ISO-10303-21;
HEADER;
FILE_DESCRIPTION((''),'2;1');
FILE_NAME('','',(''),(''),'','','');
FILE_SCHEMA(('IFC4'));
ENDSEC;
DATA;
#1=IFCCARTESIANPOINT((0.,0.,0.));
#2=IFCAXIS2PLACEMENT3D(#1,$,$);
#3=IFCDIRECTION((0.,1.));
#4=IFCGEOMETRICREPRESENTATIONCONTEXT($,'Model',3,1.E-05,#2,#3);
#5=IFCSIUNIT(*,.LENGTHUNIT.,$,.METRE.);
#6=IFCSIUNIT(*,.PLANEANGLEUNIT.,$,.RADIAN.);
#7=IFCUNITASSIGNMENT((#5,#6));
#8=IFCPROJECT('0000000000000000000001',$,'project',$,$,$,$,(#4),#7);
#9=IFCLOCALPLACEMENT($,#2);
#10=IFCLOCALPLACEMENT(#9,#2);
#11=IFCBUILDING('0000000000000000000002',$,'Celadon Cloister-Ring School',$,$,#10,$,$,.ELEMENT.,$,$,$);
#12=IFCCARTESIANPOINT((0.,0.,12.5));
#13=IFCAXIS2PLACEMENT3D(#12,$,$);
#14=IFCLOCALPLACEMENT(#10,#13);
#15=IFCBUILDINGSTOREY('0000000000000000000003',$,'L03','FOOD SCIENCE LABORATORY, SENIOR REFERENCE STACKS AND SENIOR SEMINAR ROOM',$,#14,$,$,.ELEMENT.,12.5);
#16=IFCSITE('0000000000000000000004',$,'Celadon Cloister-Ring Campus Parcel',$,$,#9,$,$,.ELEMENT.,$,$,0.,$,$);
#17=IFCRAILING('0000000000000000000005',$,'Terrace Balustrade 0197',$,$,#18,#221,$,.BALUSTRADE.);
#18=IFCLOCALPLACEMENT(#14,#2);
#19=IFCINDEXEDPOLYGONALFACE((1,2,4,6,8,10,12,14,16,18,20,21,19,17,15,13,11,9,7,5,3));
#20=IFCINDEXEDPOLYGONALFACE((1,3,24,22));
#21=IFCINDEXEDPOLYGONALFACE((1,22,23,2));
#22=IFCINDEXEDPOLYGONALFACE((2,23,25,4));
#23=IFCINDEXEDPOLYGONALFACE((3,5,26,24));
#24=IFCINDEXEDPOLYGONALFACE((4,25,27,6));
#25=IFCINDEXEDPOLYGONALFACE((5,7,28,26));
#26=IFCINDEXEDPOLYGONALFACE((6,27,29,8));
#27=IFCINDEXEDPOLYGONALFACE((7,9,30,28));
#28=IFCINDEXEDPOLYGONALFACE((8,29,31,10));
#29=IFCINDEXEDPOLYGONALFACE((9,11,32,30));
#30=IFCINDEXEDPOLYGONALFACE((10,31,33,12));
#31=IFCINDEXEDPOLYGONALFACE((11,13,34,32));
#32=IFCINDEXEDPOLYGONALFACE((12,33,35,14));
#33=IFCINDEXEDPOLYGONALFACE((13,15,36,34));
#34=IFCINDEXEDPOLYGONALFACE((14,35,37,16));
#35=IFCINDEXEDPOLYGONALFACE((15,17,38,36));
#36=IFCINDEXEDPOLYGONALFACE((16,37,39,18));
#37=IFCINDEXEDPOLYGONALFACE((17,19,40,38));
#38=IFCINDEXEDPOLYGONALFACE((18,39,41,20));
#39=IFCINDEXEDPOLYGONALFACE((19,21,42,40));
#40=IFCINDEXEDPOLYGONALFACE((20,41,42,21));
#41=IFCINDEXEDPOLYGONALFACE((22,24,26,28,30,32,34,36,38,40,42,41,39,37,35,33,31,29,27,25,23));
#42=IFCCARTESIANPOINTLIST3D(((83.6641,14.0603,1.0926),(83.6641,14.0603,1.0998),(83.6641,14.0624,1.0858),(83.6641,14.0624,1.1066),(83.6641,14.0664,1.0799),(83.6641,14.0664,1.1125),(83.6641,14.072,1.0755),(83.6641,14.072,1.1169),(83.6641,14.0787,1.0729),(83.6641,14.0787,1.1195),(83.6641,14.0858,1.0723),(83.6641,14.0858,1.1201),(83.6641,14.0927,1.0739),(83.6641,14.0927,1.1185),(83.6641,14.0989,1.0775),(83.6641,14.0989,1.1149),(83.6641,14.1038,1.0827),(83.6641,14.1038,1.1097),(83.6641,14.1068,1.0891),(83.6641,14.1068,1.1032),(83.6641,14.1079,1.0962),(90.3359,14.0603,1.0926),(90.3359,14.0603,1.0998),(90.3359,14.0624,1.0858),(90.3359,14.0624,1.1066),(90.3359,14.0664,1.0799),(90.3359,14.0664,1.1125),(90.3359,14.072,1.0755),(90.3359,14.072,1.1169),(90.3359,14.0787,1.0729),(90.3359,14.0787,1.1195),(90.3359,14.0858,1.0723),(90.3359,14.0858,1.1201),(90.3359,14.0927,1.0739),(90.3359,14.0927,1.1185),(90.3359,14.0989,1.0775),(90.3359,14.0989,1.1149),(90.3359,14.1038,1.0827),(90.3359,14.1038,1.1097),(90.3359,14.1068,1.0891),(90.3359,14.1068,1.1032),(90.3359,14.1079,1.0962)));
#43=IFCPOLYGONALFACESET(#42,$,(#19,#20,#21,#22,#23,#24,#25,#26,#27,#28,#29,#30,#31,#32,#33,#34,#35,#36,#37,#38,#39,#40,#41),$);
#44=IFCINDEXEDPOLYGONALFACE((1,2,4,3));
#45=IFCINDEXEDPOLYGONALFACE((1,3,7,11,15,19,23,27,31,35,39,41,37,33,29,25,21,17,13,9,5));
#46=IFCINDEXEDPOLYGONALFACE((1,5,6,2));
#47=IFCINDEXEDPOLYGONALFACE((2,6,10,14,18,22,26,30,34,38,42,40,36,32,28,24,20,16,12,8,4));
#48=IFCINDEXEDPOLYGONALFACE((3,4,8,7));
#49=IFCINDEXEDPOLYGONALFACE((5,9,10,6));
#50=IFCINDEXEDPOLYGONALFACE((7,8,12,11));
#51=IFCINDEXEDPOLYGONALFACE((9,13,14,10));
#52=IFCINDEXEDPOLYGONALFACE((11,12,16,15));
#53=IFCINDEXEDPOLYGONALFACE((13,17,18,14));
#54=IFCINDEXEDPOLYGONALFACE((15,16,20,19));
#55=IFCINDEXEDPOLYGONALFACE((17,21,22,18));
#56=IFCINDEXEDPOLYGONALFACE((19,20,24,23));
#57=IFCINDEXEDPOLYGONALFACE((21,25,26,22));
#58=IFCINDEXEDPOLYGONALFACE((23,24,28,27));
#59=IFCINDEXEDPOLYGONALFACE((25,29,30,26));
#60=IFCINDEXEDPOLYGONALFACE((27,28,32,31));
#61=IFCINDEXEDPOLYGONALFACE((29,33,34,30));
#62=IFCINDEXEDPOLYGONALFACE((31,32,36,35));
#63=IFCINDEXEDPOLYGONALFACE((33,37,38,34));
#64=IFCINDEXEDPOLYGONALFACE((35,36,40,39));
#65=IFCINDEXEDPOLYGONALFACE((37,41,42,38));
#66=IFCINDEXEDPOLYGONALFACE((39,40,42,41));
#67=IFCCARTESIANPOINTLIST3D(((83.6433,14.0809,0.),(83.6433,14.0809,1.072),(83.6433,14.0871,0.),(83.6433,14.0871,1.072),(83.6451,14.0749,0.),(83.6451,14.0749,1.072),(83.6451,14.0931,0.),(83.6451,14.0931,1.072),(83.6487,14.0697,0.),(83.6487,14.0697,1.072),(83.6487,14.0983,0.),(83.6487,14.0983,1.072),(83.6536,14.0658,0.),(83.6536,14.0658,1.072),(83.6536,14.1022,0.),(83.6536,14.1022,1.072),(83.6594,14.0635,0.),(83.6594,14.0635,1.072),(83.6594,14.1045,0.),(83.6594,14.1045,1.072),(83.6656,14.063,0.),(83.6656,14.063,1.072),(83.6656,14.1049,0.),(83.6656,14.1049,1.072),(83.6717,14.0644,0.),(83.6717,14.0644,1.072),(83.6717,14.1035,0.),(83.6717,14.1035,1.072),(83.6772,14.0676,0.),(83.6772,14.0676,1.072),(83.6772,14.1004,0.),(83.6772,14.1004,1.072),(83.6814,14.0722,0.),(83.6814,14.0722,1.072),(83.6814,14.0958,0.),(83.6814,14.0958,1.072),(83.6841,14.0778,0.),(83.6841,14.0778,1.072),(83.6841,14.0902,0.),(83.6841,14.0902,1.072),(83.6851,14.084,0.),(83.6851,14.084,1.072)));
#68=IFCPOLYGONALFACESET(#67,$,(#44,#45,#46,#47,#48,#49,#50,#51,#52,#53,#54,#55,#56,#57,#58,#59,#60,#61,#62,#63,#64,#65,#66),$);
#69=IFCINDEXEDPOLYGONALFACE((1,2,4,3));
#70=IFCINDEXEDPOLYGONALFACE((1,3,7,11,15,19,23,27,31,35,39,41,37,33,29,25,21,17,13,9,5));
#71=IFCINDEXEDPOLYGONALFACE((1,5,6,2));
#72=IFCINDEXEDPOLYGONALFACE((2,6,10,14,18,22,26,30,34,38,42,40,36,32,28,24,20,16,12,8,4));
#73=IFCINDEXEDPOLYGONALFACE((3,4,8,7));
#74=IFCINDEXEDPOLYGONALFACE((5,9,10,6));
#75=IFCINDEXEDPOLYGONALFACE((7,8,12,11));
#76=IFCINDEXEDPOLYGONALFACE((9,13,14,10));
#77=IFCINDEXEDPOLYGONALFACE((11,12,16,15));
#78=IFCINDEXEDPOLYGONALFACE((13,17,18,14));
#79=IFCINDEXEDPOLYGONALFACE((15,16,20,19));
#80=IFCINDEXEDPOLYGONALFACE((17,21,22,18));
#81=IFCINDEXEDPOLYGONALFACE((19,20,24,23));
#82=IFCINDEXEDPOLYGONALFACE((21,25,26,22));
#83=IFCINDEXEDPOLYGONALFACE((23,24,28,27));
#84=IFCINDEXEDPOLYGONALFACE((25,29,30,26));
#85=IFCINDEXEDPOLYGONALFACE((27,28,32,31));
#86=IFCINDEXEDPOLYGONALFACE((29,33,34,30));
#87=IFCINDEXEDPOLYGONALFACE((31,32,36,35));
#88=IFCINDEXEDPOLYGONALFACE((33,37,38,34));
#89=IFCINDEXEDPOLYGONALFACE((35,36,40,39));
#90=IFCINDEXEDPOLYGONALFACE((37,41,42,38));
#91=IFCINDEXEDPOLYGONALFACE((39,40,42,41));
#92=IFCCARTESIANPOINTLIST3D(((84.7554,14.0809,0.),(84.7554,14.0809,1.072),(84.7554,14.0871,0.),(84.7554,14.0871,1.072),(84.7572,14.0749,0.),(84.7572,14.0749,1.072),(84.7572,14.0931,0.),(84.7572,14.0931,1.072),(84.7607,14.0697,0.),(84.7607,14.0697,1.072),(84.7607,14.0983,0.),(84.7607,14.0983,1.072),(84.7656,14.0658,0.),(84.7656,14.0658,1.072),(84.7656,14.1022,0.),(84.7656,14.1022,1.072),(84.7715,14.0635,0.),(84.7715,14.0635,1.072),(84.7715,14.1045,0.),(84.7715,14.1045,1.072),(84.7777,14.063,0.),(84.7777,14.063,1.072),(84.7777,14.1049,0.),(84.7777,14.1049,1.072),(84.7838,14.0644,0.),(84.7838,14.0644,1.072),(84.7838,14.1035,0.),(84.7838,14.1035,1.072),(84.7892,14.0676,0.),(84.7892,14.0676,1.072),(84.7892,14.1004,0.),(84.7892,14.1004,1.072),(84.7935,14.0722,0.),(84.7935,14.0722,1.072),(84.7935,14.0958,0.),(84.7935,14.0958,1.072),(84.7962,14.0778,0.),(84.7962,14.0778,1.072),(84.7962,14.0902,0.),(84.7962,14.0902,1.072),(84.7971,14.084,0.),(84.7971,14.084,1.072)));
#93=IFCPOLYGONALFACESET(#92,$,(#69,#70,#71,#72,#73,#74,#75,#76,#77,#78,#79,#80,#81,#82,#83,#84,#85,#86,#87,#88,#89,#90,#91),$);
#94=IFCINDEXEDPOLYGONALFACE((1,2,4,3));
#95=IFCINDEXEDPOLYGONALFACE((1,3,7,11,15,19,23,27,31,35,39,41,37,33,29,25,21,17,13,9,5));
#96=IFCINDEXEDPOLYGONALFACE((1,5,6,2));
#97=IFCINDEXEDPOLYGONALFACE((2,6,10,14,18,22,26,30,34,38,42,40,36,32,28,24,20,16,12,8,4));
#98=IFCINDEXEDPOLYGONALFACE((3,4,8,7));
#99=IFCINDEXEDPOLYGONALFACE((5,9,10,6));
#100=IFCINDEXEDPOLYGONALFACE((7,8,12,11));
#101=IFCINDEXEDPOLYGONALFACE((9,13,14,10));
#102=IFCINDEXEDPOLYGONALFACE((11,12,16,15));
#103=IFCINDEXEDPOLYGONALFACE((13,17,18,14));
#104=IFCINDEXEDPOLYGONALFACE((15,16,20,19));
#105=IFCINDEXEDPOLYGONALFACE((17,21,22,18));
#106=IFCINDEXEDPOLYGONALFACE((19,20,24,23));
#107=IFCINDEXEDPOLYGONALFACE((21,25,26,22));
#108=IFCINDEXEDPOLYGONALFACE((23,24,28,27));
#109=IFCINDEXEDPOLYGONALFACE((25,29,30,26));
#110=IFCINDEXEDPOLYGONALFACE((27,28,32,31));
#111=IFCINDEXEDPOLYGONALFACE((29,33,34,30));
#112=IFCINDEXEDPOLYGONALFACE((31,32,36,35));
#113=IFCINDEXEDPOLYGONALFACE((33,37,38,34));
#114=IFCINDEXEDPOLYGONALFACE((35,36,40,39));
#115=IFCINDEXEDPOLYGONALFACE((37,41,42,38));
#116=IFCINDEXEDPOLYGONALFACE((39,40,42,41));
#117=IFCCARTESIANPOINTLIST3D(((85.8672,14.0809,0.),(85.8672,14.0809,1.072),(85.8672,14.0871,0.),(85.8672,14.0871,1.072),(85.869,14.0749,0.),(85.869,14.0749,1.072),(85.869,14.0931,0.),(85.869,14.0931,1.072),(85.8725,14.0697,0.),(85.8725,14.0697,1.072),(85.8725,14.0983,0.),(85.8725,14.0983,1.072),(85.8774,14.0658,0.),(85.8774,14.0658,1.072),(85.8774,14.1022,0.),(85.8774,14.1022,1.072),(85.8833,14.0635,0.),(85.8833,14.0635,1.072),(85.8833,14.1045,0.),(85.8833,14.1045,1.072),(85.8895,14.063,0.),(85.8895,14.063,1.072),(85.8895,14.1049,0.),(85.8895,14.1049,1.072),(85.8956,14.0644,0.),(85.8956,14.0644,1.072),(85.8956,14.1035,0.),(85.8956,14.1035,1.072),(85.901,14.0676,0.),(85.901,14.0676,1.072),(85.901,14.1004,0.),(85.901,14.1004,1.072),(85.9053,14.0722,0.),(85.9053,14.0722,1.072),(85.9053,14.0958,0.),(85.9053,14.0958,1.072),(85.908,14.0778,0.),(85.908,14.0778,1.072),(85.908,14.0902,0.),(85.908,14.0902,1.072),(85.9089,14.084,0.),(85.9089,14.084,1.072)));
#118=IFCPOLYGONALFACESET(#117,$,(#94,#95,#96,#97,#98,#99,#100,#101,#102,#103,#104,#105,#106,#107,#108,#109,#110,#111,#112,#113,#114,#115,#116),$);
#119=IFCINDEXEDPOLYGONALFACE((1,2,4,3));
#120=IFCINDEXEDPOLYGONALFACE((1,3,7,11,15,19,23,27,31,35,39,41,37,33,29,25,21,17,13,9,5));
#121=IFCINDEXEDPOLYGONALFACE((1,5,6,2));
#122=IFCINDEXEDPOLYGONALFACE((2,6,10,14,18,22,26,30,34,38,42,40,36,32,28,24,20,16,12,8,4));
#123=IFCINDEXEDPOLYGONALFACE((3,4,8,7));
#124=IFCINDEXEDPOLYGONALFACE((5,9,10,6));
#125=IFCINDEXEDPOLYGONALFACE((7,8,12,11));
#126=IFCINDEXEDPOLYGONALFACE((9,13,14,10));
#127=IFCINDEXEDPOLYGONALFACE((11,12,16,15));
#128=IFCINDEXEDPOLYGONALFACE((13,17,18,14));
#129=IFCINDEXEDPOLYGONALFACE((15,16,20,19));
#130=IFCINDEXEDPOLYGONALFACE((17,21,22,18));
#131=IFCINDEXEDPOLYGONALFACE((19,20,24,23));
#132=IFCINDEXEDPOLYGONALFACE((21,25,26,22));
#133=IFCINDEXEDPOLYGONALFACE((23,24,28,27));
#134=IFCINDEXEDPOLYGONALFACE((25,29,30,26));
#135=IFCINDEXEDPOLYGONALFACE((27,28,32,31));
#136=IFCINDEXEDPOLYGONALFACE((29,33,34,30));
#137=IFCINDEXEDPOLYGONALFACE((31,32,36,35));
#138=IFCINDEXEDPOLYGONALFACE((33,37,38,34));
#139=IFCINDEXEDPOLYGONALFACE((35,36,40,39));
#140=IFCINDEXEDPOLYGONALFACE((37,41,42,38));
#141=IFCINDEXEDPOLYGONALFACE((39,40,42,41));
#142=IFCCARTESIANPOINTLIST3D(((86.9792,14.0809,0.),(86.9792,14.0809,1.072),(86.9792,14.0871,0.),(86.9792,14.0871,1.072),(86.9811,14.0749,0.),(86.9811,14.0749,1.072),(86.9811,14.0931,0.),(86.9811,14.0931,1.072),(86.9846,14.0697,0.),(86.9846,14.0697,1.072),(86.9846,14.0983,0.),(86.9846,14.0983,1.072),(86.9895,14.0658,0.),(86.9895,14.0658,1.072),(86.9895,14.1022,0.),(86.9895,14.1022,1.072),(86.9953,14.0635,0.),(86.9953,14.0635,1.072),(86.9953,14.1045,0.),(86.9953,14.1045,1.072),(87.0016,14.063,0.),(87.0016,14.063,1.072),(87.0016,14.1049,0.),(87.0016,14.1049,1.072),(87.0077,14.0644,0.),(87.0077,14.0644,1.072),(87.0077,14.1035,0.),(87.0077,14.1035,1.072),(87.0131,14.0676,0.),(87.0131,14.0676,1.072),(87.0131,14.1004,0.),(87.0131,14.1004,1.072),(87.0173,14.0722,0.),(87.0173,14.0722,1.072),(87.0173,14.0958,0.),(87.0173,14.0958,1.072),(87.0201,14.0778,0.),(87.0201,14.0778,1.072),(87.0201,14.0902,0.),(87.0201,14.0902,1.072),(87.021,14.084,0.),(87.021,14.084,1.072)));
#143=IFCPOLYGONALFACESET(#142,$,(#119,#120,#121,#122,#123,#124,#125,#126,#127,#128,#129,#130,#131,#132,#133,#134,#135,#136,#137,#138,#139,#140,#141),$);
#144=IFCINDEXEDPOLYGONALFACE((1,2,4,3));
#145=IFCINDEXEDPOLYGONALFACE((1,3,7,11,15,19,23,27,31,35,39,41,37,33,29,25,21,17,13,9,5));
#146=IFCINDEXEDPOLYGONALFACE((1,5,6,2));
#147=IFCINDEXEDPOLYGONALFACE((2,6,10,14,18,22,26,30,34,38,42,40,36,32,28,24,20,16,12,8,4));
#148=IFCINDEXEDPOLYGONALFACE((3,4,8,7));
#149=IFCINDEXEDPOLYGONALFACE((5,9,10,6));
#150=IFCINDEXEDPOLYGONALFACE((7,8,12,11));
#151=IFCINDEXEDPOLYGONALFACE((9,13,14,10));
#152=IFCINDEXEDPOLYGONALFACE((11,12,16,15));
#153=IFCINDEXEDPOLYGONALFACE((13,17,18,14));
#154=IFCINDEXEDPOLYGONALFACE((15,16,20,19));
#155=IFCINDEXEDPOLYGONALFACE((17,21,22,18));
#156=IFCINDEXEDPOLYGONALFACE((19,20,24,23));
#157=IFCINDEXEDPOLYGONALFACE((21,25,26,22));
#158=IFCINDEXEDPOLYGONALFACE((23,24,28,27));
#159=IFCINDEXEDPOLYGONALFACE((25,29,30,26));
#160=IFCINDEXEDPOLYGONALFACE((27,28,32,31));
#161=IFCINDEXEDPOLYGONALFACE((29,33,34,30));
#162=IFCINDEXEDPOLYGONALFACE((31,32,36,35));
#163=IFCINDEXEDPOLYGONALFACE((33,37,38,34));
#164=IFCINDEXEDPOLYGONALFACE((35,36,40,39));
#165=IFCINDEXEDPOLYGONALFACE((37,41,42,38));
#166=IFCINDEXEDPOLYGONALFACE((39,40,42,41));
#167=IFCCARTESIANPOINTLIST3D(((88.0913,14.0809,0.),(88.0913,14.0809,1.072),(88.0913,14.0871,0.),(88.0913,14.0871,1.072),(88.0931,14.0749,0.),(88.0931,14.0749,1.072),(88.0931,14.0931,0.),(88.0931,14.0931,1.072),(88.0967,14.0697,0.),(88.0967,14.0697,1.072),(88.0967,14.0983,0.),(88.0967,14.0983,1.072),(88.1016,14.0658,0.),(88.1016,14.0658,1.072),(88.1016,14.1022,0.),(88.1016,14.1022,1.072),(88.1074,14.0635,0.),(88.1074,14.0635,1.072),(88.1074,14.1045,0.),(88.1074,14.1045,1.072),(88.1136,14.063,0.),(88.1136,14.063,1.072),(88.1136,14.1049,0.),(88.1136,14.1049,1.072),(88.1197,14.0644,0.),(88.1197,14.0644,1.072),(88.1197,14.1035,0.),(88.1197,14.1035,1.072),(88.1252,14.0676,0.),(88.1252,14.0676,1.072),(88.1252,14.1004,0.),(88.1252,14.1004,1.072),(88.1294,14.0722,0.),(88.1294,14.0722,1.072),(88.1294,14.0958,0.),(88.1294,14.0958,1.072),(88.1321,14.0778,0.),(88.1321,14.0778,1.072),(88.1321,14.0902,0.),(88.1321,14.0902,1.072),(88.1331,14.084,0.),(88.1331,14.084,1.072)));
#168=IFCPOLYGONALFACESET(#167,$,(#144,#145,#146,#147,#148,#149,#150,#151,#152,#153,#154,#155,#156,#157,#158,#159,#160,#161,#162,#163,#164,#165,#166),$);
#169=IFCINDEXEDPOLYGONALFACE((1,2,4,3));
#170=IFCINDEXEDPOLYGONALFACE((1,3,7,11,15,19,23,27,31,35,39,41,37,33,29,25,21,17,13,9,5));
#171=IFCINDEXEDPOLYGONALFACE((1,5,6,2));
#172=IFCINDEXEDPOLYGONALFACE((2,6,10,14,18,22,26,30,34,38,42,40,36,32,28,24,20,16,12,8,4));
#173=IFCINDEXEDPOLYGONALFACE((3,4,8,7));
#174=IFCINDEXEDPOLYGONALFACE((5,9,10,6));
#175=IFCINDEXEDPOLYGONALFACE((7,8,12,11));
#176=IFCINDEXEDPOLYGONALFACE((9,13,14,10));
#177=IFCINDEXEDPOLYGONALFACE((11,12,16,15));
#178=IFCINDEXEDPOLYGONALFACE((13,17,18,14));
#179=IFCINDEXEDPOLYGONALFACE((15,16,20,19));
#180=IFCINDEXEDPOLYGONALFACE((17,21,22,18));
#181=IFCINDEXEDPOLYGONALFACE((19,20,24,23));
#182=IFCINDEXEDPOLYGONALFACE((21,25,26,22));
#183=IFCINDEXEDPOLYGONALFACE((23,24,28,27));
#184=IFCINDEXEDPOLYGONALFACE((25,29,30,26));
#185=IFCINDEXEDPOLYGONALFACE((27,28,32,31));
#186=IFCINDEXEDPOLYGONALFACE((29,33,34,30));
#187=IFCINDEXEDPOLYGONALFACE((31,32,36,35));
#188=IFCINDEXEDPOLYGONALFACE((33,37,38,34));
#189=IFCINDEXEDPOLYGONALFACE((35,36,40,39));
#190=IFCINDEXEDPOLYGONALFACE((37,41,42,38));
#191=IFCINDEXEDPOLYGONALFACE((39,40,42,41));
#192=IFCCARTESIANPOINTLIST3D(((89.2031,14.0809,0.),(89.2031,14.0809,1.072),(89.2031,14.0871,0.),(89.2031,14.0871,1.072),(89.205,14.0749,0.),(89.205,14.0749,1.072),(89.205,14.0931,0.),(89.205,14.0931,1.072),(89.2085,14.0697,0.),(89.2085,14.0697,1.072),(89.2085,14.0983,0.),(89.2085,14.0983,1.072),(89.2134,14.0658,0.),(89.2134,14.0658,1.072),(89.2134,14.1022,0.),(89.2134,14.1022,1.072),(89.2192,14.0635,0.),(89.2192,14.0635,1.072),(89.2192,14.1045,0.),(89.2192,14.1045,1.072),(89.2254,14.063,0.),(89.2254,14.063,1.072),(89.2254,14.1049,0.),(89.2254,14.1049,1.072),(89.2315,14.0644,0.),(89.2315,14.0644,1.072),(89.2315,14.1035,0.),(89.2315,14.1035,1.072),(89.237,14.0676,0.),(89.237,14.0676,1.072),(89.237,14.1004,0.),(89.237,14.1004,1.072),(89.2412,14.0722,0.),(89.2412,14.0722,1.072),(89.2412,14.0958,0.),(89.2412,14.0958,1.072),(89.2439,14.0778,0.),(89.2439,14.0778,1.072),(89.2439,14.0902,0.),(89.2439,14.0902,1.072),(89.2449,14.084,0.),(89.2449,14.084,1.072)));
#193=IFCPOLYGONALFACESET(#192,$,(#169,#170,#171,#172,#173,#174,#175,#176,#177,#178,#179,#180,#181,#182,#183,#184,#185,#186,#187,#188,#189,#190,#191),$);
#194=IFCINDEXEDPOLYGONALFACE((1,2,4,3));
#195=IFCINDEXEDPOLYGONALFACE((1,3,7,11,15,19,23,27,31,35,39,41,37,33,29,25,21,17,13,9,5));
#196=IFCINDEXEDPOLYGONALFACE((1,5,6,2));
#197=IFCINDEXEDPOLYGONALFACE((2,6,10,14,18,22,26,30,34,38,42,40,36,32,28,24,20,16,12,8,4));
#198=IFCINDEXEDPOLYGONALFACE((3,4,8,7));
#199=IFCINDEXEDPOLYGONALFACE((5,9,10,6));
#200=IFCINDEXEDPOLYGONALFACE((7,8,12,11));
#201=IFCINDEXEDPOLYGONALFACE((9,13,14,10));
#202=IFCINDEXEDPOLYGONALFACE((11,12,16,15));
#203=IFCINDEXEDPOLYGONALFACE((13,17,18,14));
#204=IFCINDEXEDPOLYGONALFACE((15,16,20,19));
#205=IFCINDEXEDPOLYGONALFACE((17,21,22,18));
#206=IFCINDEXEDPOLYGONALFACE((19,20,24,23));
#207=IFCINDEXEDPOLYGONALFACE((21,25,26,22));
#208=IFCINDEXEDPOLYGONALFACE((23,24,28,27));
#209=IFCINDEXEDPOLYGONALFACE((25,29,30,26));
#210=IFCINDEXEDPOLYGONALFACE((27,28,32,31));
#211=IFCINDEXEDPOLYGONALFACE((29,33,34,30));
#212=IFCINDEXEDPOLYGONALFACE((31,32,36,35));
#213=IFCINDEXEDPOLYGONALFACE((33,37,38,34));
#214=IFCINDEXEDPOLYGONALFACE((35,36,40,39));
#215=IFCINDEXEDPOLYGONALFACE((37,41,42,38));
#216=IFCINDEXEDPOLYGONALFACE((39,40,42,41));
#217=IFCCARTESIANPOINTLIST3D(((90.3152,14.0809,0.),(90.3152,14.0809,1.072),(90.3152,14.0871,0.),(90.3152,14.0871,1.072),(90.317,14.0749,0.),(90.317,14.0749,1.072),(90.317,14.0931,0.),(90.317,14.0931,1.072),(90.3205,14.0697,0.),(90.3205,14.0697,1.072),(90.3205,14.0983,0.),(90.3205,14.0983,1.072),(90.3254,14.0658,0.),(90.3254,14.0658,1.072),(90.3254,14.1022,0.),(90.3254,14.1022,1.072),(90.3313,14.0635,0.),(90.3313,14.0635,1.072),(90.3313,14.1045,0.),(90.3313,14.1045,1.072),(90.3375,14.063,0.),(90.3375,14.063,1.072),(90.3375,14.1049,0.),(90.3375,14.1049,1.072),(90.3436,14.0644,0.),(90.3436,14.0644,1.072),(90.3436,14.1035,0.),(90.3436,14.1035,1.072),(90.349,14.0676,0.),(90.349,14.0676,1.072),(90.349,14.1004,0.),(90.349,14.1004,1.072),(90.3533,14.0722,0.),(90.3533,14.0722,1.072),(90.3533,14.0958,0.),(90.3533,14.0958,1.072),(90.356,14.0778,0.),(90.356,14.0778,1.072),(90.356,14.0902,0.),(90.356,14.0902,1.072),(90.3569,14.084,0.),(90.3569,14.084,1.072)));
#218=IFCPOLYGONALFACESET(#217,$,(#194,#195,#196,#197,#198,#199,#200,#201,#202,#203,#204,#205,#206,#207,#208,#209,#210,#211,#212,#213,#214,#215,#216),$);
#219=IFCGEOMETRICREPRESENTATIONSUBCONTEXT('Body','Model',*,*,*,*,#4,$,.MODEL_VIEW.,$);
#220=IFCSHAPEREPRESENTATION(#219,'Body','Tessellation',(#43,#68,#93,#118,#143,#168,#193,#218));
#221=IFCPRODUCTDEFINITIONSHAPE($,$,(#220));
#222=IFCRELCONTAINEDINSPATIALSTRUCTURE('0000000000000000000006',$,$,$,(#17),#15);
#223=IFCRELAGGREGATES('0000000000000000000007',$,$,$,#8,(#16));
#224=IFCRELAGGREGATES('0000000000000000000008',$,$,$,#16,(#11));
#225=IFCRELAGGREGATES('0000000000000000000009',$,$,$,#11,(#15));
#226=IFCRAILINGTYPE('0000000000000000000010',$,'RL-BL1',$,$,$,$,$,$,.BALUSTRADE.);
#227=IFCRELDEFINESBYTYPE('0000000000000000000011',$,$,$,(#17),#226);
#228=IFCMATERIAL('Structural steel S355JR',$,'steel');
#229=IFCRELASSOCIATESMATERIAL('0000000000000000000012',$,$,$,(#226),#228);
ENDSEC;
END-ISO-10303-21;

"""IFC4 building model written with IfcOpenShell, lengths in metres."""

from ifc_helpers import new_model, si_unit, direction, frame, origin, origin_2d, place, context, subcontext, project, spatial, circle, extrude, material, type_object, element, save


model = new_model("IFC4")

# Units and contexts
model_context = context("Model", 3, precision=1e-05, world=origin(), true_north=direction((0.0, 1.0)))
body_context = subcontext(model_context, "Body", "Model", "MODEL_VIEW")
ifc_project = project(units=[si_unit("LENGTHUNIT", "METRE"), si_unit("PLANEANGLEUNIT", "RADIAN")], contexts=[model_context])

# Site, building, storey
site_placement = place(None, origin())
site = spatial("IfcSite", under=ifc_project, at=site_placement, Name="Celadon Cloister-Ring Campus Parcel", CompositionType="ELEMENT", RefElevation=0.0)
building_placement = place(site_placement, origin())
building = spatial("IfcBuilding", under=site, at=building_placement, Name="Celadon Cloister-Ring School", CompositionType="ELEMENT")
storey_placement = place(building_placement, frame((0.0, 0.0, 12.5)))
storey = spatial("IfcBuildingStorey", under=building, at=storey_placement, Name="L03", Description="FOOD SCIENCE LABORATORY, SENIOR REFERENCE STACKS AND SENIOR SEMINAR ROOM", CompositionType="ELEMENT", Elevation=12.5)

# Railing
ifc_material_1 = material(Name="Structural steel S355JR", Category="steel")
railing_type_1 = type_object("IfcRailingType", Name="RL-BL1", PredefinedType="BALUSTRADE", material=ifc_material_1)
railing_1_placement = place(storey_placement, frame((83.6641, 14.084, 0.0)))
element("IfcRailing", 1, at=railing_1_placement, inside=storey, type_object=railing_type_1, Name="Terrace Balustrade 0197", PredefinedType="BALUSTRADE", context=body_context, shape_type="SweptSolid", body=[
    extrude(circle(Radius=0.0239, at=origin_2d()), frame((0.0, 0.0, 1.0962), z_axis=(1.0, 0.0, 0.0), x_axis=(0.0, 1.0, 0.0)), (0.0, 0.0, 1.0), 6.6719),
    extrude(circle(Radius=0.021, at=origin_2d()), origin(), (0.0, 0.0, 1.0), 1.072),
    extrude(circle(Radius=0.021, at=origin_2d()), frame((1.1121, 0.0, 0.0)), (0.0, 0.0, 1.0), 1.072),
    extrude(circle(Radius=0.021, at=origin_2d()), frame((2.2239, 0.0, 0.0)), (0.0, 0.0, 1.0), 1.072),
    extrude(circle(Radius=0.021, at=origin_2d()), frame((3.3359, 0.0, 0.0)), (0.0, 0.0, 1.0), 1.072),
    extrude(circle(Radius=0.021, at=origin_2d()), frame((4.448, 0.0, 0.0)), (0.0, 0.0, 1.0), 1.072),
    extrude(circle(Radius=0.021, at=origin_2d()), frame((5.5598, 0.0, 0.0)), (0.0, 0.0, 1.0), 1.072),
    extrude(circle(Radius=0.021, at=origin_2d()), frame((6.6719, 0.0, 0.0)), (0.0, 0.0, 1.0), 1.072),
])

save(model, "model.ifc")
